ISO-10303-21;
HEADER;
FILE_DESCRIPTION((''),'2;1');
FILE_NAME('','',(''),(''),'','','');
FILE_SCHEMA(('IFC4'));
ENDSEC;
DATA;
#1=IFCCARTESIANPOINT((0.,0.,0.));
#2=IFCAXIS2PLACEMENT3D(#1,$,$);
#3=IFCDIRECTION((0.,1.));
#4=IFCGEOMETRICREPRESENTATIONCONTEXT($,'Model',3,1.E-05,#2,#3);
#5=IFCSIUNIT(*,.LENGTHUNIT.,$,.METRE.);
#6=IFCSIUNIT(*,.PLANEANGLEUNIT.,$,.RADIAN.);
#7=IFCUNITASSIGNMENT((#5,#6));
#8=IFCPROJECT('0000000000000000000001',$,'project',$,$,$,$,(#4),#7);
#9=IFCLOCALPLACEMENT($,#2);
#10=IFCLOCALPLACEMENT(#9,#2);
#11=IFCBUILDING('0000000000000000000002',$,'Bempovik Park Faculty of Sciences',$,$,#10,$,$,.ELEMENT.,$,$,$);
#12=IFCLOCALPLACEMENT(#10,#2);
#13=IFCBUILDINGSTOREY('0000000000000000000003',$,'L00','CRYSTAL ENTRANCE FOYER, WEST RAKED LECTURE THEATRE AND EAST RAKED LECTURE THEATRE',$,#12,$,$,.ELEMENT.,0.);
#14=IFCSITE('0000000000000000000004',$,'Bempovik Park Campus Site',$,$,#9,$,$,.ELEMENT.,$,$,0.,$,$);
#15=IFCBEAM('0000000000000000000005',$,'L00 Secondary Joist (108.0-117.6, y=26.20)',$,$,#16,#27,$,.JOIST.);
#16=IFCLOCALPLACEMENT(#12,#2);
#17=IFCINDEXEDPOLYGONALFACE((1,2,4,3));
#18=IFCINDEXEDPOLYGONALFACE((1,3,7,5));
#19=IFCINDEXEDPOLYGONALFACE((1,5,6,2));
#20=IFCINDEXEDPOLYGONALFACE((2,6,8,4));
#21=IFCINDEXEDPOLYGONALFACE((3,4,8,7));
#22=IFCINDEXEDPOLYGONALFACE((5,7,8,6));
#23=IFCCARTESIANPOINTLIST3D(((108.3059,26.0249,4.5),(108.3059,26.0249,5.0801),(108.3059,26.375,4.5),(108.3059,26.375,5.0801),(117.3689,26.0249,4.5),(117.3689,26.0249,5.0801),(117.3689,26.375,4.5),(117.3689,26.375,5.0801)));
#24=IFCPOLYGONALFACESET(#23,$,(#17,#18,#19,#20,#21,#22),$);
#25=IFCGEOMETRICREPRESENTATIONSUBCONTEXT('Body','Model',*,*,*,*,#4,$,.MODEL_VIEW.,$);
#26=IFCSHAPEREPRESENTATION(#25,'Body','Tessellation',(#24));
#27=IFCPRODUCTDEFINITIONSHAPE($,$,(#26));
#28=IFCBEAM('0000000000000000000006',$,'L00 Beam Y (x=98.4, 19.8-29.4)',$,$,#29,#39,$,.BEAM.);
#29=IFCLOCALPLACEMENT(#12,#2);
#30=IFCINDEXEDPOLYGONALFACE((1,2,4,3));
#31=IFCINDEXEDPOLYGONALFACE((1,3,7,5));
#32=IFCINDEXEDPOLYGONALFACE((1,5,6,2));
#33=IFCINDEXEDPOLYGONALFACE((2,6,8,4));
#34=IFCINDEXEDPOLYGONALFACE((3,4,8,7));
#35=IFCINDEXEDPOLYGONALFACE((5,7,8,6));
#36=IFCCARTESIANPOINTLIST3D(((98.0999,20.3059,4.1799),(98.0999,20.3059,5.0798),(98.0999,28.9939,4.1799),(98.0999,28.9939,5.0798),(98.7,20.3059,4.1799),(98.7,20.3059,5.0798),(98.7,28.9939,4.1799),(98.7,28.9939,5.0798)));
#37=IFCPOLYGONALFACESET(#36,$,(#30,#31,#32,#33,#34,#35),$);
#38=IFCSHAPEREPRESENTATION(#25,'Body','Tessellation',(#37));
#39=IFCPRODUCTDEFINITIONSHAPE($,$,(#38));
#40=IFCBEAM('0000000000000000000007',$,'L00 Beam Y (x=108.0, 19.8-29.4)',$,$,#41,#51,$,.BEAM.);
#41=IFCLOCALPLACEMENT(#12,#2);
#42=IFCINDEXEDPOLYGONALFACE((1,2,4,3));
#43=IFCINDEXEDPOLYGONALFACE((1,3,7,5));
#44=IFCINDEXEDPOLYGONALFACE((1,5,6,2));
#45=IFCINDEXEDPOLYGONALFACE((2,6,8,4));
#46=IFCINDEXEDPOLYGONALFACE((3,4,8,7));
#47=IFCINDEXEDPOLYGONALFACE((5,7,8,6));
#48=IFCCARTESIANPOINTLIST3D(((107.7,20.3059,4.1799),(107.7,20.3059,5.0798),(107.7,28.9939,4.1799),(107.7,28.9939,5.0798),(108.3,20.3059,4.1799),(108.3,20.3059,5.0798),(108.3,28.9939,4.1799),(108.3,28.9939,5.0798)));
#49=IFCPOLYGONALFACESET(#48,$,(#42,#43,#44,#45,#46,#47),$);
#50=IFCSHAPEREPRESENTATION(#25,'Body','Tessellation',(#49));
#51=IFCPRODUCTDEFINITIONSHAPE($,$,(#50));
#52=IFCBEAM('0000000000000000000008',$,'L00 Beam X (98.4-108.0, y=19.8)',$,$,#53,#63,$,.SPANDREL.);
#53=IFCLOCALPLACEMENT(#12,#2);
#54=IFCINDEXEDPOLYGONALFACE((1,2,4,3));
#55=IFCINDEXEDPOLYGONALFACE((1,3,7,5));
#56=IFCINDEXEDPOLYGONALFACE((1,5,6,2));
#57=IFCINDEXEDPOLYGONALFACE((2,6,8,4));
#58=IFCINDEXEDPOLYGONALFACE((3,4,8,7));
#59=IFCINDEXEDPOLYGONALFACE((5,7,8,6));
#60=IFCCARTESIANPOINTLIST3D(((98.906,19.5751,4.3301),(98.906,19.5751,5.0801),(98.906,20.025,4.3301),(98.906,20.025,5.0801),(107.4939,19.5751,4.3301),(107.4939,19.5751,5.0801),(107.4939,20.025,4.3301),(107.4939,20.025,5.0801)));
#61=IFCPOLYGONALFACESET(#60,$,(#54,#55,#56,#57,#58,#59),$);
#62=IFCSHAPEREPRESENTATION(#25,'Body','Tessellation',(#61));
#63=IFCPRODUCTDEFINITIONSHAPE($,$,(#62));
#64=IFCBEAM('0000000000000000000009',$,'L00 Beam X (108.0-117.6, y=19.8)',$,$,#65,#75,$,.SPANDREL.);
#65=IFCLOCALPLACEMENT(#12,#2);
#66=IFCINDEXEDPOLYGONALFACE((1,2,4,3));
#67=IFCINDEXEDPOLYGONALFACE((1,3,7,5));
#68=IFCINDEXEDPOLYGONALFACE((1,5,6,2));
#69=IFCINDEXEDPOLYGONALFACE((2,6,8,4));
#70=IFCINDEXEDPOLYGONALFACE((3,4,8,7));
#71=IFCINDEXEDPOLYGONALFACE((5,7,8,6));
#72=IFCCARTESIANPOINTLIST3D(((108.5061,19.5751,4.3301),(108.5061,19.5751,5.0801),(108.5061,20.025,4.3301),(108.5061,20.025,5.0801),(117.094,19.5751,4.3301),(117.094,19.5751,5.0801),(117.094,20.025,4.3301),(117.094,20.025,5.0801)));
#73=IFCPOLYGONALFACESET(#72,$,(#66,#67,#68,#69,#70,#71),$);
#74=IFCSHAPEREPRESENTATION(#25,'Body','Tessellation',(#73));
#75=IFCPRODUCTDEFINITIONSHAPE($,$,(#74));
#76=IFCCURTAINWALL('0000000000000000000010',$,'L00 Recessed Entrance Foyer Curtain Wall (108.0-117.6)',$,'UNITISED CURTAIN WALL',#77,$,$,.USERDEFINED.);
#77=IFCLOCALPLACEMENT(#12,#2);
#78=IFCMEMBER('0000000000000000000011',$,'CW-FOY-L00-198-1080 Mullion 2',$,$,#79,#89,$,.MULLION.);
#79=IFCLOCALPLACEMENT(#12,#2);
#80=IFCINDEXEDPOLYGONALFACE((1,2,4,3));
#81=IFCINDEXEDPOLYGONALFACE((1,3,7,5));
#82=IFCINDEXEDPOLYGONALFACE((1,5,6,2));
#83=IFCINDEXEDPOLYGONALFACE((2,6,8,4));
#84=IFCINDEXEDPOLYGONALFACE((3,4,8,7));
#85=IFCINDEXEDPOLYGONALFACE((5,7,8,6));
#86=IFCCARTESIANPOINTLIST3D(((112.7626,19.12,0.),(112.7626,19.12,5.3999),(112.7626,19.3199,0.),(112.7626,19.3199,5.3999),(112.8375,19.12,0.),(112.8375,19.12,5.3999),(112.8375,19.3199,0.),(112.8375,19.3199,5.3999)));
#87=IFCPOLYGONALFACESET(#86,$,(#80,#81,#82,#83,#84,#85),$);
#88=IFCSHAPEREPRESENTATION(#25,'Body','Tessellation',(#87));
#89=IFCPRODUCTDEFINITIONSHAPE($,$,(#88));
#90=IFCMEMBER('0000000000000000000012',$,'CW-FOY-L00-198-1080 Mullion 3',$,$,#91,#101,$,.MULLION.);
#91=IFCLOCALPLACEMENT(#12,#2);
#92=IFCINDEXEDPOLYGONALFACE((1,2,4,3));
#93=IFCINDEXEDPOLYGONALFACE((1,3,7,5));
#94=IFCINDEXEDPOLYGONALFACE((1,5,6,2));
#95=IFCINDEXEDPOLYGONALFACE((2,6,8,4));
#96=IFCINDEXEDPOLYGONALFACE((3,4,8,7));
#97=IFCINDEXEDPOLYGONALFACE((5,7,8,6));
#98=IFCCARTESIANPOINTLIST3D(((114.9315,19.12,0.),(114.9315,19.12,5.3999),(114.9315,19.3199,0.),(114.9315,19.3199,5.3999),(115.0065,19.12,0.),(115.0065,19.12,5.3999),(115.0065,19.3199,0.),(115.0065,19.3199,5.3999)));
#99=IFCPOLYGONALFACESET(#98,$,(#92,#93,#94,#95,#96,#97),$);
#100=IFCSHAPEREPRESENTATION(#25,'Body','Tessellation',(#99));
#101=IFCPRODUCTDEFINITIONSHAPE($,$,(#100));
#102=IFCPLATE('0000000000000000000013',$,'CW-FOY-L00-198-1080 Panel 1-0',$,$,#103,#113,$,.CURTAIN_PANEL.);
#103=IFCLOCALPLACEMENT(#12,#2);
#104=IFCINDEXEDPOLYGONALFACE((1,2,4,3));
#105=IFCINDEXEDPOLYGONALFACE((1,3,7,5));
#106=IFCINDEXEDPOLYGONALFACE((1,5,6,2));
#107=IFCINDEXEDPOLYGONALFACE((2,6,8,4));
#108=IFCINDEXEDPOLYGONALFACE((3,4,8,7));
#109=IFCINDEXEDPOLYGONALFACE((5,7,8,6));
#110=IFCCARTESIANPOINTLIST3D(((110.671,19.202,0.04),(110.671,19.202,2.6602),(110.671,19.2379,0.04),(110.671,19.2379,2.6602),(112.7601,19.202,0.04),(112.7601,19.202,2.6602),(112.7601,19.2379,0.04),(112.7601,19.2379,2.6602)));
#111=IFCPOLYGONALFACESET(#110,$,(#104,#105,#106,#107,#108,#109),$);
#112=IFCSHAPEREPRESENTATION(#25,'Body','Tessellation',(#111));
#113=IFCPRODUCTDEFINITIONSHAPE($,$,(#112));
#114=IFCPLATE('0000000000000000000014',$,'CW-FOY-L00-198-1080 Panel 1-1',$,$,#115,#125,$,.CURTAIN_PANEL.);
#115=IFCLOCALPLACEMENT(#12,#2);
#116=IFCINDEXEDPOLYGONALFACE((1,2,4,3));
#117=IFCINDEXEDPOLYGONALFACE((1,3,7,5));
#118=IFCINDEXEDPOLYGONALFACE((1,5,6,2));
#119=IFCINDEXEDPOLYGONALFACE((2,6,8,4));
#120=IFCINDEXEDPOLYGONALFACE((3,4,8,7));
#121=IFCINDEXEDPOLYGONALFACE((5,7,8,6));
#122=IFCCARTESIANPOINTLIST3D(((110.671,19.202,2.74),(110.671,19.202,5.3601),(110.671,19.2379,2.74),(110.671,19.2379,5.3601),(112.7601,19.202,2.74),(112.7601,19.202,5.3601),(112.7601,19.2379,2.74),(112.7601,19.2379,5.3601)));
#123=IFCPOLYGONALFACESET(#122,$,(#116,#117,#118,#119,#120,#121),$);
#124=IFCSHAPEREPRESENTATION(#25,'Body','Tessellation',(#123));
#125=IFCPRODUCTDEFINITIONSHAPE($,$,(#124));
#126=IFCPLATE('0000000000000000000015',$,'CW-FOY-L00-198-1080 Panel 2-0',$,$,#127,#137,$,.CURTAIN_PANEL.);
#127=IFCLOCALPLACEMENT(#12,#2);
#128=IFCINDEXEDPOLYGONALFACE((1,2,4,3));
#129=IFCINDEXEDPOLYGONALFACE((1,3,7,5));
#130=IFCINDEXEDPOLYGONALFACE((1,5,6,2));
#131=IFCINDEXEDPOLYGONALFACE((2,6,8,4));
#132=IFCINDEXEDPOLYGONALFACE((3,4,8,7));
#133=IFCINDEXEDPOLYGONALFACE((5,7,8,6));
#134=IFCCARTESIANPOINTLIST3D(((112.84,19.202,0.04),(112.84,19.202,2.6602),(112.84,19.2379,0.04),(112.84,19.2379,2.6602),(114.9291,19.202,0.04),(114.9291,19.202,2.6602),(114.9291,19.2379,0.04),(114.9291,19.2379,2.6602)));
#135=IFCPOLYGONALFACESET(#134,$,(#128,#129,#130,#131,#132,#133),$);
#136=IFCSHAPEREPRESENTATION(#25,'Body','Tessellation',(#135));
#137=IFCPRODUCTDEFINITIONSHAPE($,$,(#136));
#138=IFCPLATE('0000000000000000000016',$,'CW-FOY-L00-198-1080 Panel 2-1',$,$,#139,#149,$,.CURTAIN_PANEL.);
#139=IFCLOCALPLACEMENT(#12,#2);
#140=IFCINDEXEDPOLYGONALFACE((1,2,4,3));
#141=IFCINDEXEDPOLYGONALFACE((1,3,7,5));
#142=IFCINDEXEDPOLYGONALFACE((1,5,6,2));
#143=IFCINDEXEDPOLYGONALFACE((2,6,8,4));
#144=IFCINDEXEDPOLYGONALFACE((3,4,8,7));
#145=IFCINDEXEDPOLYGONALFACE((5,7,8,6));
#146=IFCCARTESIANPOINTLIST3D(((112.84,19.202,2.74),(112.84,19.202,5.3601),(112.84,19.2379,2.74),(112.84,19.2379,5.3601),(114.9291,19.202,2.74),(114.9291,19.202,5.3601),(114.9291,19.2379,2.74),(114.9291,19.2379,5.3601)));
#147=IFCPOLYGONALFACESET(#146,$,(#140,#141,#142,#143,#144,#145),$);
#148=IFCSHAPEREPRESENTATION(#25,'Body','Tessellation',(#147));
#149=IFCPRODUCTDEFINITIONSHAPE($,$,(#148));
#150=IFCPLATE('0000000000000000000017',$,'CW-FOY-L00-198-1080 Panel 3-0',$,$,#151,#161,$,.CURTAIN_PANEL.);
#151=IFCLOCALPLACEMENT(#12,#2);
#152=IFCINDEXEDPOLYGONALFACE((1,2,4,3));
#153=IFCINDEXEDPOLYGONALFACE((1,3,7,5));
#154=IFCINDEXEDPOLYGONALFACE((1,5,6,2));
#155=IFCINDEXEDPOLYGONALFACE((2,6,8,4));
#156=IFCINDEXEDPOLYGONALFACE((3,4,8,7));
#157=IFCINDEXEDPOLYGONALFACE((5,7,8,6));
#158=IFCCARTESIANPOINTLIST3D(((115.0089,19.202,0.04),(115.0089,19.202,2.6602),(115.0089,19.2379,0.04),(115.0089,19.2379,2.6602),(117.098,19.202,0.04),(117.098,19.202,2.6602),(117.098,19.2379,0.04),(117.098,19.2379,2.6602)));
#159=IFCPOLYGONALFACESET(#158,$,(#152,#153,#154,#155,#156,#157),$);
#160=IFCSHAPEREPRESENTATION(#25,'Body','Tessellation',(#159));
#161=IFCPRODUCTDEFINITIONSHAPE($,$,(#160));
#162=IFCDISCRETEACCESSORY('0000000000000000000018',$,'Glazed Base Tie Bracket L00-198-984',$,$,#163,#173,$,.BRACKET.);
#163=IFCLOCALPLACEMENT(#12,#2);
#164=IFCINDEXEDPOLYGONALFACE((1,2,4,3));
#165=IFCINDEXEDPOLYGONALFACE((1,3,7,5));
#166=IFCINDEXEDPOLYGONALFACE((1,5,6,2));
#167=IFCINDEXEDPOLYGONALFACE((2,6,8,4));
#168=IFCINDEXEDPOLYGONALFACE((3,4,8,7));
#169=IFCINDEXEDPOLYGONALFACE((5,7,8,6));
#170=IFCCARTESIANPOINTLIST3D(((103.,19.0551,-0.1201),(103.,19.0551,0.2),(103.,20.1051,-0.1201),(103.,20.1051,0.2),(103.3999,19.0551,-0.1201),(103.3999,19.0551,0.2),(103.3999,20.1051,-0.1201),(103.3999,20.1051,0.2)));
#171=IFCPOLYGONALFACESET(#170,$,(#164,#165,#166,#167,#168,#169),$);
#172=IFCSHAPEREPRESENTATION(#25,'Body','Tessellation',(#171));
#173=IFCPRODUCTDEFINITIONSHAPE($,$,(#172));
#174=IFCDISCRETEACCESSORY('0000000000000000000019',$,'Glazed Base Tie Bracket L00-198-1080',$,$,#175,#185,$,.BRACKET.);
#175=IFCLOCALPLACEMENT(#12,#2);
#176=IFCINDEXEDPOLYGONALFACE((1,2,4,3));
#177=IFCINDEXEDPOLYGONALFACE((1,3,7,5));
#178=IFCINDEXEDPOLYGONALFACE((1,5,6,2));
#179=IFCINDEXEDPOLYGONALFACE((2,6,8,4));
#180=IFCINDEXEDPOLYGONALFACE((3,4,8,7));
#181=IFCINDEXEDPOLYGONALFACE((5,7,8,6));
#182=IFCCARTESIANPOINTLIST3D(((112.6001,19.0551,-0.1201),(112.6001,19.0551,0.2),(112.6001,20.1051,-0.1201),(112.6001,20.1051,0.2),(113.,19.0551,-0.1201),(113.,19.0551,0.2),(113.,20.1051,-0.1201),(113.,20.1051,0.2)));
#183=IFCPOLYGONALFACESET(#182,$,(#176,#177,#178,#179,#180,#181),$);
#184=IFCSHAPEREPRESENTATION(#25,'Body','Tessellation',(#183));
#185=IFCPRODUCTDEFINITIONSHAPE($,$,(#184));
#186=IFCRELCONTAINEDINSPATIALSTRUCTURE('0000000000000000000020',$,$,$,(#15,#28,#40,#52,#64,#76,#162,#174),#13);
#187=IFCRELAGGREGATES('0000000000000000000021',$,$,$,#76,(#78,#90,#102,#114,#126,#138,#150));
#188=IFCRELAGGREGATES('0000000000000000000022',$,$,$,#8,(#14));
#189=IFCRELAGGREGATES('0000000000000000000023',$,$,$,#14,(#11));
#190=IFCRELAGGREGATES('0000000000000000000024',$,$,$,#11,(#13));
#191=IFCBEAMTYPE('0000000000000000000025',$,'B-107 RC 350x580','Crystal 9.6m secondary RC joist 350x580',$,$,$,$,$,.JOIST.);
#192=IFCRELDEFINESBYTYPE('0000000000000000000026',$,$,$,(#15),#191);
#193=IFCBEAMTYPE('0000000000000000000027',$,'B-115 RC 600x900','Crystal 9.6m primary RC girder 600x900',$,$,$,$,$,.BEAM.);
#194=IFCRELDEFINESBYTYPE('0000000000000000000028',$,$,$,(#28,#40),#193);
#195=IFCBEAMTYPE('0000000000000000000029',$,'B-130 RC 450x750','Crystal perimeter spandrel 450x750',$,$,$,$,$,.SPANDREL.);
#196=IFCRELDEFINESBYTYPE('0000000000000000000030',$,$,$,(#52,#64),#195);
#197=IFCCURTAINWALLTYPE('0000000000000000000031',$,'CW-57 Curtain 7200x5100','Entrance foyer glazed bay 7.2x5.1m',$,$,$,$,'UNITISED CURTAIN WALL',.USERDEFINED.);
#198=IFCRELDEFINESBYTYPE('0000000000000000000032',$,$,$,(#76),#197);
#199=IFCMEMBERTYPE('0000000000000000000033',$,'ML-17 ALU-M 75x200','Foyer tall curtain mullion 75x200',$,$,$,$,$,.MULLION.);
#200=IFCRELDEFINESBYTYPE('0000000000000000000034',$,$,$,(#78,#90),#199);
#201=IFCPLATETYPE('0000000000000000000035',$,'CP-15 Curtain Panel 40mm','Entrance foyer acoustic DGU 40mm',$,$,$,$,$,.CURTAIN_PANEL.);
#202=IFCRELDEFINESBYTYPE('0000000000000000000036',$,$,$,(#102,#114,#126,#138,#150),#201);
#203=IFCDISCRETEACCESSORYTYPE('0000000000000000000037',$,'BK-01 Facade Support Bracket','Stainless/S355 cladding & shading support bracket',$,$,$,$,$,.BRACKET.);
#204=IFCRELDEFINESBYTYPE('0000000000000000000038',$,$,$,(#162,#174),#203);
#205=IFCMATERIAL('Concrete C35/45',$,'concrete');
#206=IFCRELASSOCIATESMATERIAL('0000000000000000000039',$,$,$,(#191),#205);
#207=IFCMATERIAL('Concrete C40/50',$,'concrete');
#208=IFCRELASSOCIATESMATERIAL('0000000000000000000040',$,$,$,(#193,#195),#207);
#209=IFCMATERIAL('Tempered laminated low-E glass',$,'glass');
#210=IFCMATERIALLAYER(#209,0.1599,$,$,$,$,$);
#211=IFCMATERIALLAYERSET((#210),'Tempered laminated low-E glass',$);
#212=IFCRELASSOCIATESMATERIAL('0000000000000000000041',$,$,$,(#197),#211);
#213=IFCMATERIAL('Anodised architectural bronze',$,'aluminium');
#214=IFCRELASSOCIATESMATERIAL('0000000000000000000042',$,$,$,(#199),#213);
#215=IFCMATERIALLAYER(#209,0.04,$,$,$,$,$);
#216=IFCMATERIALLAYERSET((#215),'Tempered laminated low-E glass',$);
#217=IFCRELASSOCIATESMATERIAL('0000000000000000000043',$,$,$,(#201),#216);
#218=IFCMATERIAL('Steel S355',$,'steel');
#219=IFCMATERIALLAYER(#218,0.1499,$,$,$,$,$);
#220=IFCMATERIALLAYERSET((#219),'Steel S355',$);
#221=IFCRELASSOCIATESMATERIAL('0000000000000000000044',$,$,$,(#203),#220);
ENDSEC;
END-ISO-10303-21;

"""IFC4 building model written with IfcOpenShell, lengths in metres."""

from ifc_helpers import new_model, si_unit, direction, frame, origin, origin_2d, place, context, subcontext, project, spatial, rectangle, extrude, material, layer, layer_set, material_profile, profile_set, type_object, element, aggregate, save


model = new_model("IFC4")

# Units and contexts
model_context = context("Model", 3, precision=1e-05, world=origin(), true_north=direction((0.0, 1.0)))
body_context = subcontext(model_context, "Body", "Model", "MODEL_VIEW")
ifc_project = project(units=[si_unit("LENGTHUNIT", "METRE"), si_unit("PLANEANGLEUNIT", "RADIAN")], contexts=[model_context])

# Site, building, storey
site_placement = place(None, origin())
site = spatial("IfcSite", under=ifc_project, at=site_placement, Name="Bempovik Park Campus Site", CompositionType="ELEMENT", RefElevation=0.0)
building_placement = place(site_placement, origin())
building = spatial("IfcBuilding", under=site, at=building_placement, Name="Bempovik Park Faculty of Sciences", CompositionType="ELEMENT")
storey_placement = place(building_placement, origin())
storey = spatial("IfcBuildingStorey", under=building, at=storey_placement, Name="L00", Description="CRYSTAL ENTRANCE FOYER, WEST RAKED LECTURE THEATRE AND EAST RAKED LECTURE THEATRE", CompositionType="ELEMENT", Elevation=0.0)

# Shared definitions
ifc_material_1 = material(Name="Concrete C35/45", Category="concrete")

# Shared definitions
ifc_material_2 = material(Name="Steel S355", Category="steel")
ifc_material_3 = material(Name="Concrete C40/50", Category="concrete")

# Beams
ifc_material_profile_1 = material_profile(ifc_material_1, rectangle(XDim=0.3501, YDim=0.5801, at=origin_2d()), Name="RC 350x580")
ifc_profile_set_1 = profile_set([ifc_material_profile_1], Name="Concrete C35/45")
beam_type_1 = type_object("IfcBeamType", Name="B-107 RC 350x580", Description="Crystal 9.6m secondary RC joist 350x580", PredefinedType="JOIST", material=ifc_profile_set_1)
for number, where, z_axis, x_axis, name in (
    (1, (108.3059, 26.2, 4.79), (1.0, 0.0, 0.0), (0.0, 1.0, 0.0), "L00 Secondary Joist (108.0-117.6, y=26.20)"),
):
    element("IfcBeam", number, at=place(storey_placement, frame(where, z_axis=z_axis, x_axis=x_axis)), inside=storey, type_object=beam_type_1, Name=name, PredefinedType="JOIST", context=body_context, shape_type="SweptSolid", body=[
        extrude(rectangle(XDim=0.3501, YDim=0.5801, at=origin_2d()), origin(), (0.0, 0.0, 1.0), 9.063),
    ])
ifc_material_profile_2 = material_profile(ifc_material_3, rectangle(XDim=0.6001, YDim=0.8999, at=origin_2d()), Name="RC 600x900")
ifc_profile_set_2 = profile_set([ifc_material_profile_2], Name="Concrete C40/50")
beam_type_2 = type_object("IfcBeamType", Name="B-115 RC 600x900", Description="Crystal 9.6m primary RC girder 600x900", PredefinedType="BEAM", material=ifc_profile_set_2)
for number, where, z_axis, x_axis, name in (
    (2, (98.3999, 20.3059, 4.6299), (0.0, 1.0, 0.0), (-1.0, 0.0, 0.0), "L00 Beam Y (x=98.4, 19.8-29.4)"),
    (3, (108.0, 20.3059, 4.6299), (0.0, 1.0, 0.0), (-1.0, 0.0, 0.0), "L00 Beam Y (x=108.0, 19.8-29.4)"),
):
    element("IfcBeam", number, at=place(storey_placement, frame(where, z_axis=z_axis, x_axis=x_axis)), inside=storey, type_object=beam_type_2, Name=name, PredefinedType="BEAM", context=body_context, shape_type="SweptSolid", body=[
        extrude(rectangle(XDim=0.6001, YDim=0.8999, at=origin_2d()), origin(), (0.0, 0.0, 1.0), 8.688),
    ])
ifc_material_profile_3 = material_profile(ifc_material_3, rectangle(XDim=0.45, YDim=0.75, at=origin_2d()), Name="RC 450x750")
ifc_profile_set_3 = profile_set([ifc_material_profile_3], Name="Concrete C40/50")
beam_type_3 = type_object("IfcBeamType", Name="B-130 RC 450x750", Description="Crystal perimeter spandrel 450x750", PredefinedType="SPANDREL", material=ifc_profile_set_3)
for number, where, z_axis, x_axis, name in (
    (4, (98.906, 19.8, 4.7051), (1.0, 0.0, 0.0), (0.0, 1.0, 0.0), "L00 Beam X (98.4-108.0, y=19.8)"),
    (5, (108.5061, 19.8, 4.7051), (1.0, 0.0, 0.0), (0.0, 1.0, 0.0), "L00 Beam X (108.0-117.6, y=19.8)"),
):
    element("IfcBeam", number, at=place(storey_placement, frame(where, z_axis=z_axis, x_axis=x_axis)), inside=storey, type_object=beam_type_3, Name=name, PredefinedType="SPANDREL", context=body_context, shape_type="SweptSolid", body=[
        extrude(rectangle(XDim=0.45, YDim=0.75, at=origin_2d()), origin(), (0.0, 0.0, 1.0), 8.5879),
    ])

# Curtain wall, members, plates
ifc_material_4 = material(Name="Tempered laminated low-E glass", Category="glass")
ifc_layer_1 = layer(ifc_material_4, 0.1599)
ifc_layer_set_1 = layer_set([ifc_layer_1], Name="Tempered laminated low-E glass")
curtain_wall_type = type_object("IfcCurtainWallType", Name="CW-57 Curtain 7200x5100", Description="Entrance foyer glazed bay 7.2x5.1m", ElementType="UNITISED CURTAIN WALL", PredefinedType="USERDEFINED", material=ifc_layer_set_1)
curtain_wall_placement = place(storey_placement, origin())
curtain_wall = element("IfcCurtainWall", 6, at=curtain_wall_placement, inside=storey, type_object=curtain_wall_type, Name="L00 Recessed Entrance Foyer Curtain Wall (108.0-117.6)", ObjectType="UNITISED CURTAIN WALL", PredefinedType="USERDEFINED")
ifc_material_5 = material(Name="Anodised architectural bronze", Category="aluminium")
ifc_material_profile_4 = material_profile(ifc_material_5, rectangle(XDim=0.075, YDim=0.2, at=origin_2d()), Name="ALU-M 75x200")
ifc_profile_set_4 = profile_set([ifc_material_profile_4], Name="Anodised architectural bronze")
member_type = type_object("IfcMemberType", Name="ML-17 ALU-M 75x200", Description="Foyer tall curtain mullion 75x200", PredefinedType="MULLION", material=ifc_profile_set_4)
member_1_placement = place(storey_placement, frame((112.8, 19.22, 0.0), z_axis=(0.0, 0.0, 1.0), x_axis=(1.0, 0.0, 0.0)))
member_1 = element("IfcMember", 7, at=member_1_placement, type_object=member_type, Name="CW-FOY-L00-198-1080 Mullion 2", PredefinedType="MULLION", context=body_context, shape_type="SweptSolid", body=[
    extrude(rectangle(XDim=0.075, YDim=0.2, at=origin_2d()), origin(), (0.0, 0.0, 1.0), 5.3999),
])
member_2_placement = place(storey_placement, frame((114.969, 19.22, 0.0), z_axis=(0.0, 0.0, 1.0), x_axis=(1.0, 0.0, 0.0)))
member_2 = element("IfcMember", 8, at=member_2_placement, type_object=member_type, Name="CW-FOY-L00-198-1080 Mullion 3", PredefinedType="MULLION", context=body_context, shape_type="SweptSolid", body=[
    extrude(rectangle(XDim=0.075, YDim=0.2, at=origin_2d()), origin(), (0.0, 0.0, 1.0), 5.3999),
])
ifc_layer_2 = layer(ifc_material_4, 0.04)
ifc_layer_set_2 = layer_set([ifc_layer_2], Name="Tempered laminated low-E glass")
plate_type = type_object("IfcPlateType", Name="CP-15 Curtain Panel 40mm", Description="Entrance foyer acoustic DGU 40mm", PredefinedType="CURTAIN_PANEL", material=ifc_layer_set_2)
plate_1_placement = place(storey_placement, frame((111.7156, 19.22, 0.04), z_axis=(0.0, 0.0, 1.0), x_axis=(1.0, 0.0, 0.0)))
plate_1 = element("IfcPlate", 9, at=plate_1_placement, type_object=plate_type, Name="CW-FOY-L00-198-1080 Panel 1-0", PredefinedType="CURTAIN_PANEL", context=body_context, shape_type="SweptSolid", body=[
    extrude(rectangle(XDim=2.0891, YDim=0.0359, at=origin_2d()), origin(), (0.0, 0.0, 1.0), 2.6201),
])
plate_2_placement = place(storey_placement, frame((111.7156, 19.22, 2.74), z_axis=(0.0, 0.0, 1.0), x_axis=(1.0, 0.0, 0.0)))
plate_2 = element("IfcPlate", 10, at=plate_2_placement, type_object=plate_type, Name="CW-FOY-L00-198-1080 Panel 1-1", PredefinedType="CURTAIN_PANEL", context=body_context, shape_type="SweptSolid", body=[
    extrude(rectangle(XDim=2.0891, YDim=0.0359, at=origin_2d()), origin(), (0.0, 0.0, 1.0), 2.6201),
])
plate_3_placement = place(storey_placement, frame((113.8845, 19.22, 0.04), z_axis=(0.0, 0.0, 1.0), x_axis=(1.0, 0.0, 0.0)))
plate_3 = element("IfcPlate", 11, at=plate_3_placement, type_object=plate_type, Name="CW-FOY-L00-198-1080 Panel 2-0", PredefinedType="CURTAIN_PANEL", context=body_context, shape_type="SweptSolid", body=[
    extrude(rectangle(XDim=2.0891, YDim=0.0359, at=origin_2d()), origin(), (0.0, 0.0, 1.0), 2.6201),
])
plate_4_placement = place(storey_placement, frame((113.8845, 19.22, 2.74), z_axis=(0.0, 0.0, 1.0), x_axis=(1.0, 0.0, 0.0)))
plate_4 = element("IfcPlate", 12, at=plate_4_placement, type_object=plate_type, Name="CW-FOY-L00-198-1080 Panel 2-1", PredefinedType="CURTAIN_PANEL", context=body_context, shape_type="SweptSolid", body=[
    extrude(rectangle(XDim=2.0891, YDim=0.0359, at=origin_2d()), origin(), (0.0, 0.0, 1.0), 2.6201),
])
plate_5_placement = place(storey_placement, frame((116.0535, 19.22, 0.04), z_axis=(0.0, 0.0, 1.0), x_axis=(1.0, 0.0, 0.0)))
plate_5 = element("IfcPlate", 13, at=plate_5_placement, type_object=plate_type, Name="CW-FOY-L00-198-1080 Panel 3-0", PredefinedType="CURTAIN_PANEL", context=body_context, shape_type="SweptSolid", body=[
    extrude(rectangle(XDim=2.0891, YDim=0.0359, at=origin_2d()), origin(), (0.0, 0.0, 1.0), 2.6201),
])
aggregate(curtain_wall, [member_1, member_2, plate_1, plate_2, plate_3, plate_4, plate_5])

# Discrete accessories
ifc_layer_3 = layer(ifc_material_2, 0.1499)
ifc_layer_set_3 = layer_set([ifc_layer_3], Name="Steel S355")
discrete_accessory_type = type_object("IfcDiscreteAccessoryType", Name="BK-01 Facade Support Bracket", Description="Stainless/S355 cladding & shading support bracket", PredefinedType="BRACKET", material=ifc_layer_set_3)
for number, where, z_axis, x_axis, name in (
    (14, (103.2, 19.5801, -0.1201), (0.0, 0.0, 1.0), (1.0, 0.0, 0.0), "Glazed Base Tie Bracket L00-198-984"),
    (15, (112.8, 19.5801, -0.1201), (0.0, 0.0, 1.0), (1.0, 0.0, 0.0), "Glazed Base Tie Bracket L00-198-1080"),
):
    element("IfcDiscreteAccessory", number, at=place(storey_placement, frame(where, z_axis=z_axis, x_axis=x_axis)), inside=storey, type_object=discrete_accessory_type, Name=name, PredefinedType="BRACKET", context=body_context, shape_type="SweptSolid", body=[
        extrude(rectangle(XDim=0.3999, YDim=1.05, at=origin_2d()), origin(), (0.0, 0.0, 1.0), 0.3201),
    ])

save(model, "model.ifc")
